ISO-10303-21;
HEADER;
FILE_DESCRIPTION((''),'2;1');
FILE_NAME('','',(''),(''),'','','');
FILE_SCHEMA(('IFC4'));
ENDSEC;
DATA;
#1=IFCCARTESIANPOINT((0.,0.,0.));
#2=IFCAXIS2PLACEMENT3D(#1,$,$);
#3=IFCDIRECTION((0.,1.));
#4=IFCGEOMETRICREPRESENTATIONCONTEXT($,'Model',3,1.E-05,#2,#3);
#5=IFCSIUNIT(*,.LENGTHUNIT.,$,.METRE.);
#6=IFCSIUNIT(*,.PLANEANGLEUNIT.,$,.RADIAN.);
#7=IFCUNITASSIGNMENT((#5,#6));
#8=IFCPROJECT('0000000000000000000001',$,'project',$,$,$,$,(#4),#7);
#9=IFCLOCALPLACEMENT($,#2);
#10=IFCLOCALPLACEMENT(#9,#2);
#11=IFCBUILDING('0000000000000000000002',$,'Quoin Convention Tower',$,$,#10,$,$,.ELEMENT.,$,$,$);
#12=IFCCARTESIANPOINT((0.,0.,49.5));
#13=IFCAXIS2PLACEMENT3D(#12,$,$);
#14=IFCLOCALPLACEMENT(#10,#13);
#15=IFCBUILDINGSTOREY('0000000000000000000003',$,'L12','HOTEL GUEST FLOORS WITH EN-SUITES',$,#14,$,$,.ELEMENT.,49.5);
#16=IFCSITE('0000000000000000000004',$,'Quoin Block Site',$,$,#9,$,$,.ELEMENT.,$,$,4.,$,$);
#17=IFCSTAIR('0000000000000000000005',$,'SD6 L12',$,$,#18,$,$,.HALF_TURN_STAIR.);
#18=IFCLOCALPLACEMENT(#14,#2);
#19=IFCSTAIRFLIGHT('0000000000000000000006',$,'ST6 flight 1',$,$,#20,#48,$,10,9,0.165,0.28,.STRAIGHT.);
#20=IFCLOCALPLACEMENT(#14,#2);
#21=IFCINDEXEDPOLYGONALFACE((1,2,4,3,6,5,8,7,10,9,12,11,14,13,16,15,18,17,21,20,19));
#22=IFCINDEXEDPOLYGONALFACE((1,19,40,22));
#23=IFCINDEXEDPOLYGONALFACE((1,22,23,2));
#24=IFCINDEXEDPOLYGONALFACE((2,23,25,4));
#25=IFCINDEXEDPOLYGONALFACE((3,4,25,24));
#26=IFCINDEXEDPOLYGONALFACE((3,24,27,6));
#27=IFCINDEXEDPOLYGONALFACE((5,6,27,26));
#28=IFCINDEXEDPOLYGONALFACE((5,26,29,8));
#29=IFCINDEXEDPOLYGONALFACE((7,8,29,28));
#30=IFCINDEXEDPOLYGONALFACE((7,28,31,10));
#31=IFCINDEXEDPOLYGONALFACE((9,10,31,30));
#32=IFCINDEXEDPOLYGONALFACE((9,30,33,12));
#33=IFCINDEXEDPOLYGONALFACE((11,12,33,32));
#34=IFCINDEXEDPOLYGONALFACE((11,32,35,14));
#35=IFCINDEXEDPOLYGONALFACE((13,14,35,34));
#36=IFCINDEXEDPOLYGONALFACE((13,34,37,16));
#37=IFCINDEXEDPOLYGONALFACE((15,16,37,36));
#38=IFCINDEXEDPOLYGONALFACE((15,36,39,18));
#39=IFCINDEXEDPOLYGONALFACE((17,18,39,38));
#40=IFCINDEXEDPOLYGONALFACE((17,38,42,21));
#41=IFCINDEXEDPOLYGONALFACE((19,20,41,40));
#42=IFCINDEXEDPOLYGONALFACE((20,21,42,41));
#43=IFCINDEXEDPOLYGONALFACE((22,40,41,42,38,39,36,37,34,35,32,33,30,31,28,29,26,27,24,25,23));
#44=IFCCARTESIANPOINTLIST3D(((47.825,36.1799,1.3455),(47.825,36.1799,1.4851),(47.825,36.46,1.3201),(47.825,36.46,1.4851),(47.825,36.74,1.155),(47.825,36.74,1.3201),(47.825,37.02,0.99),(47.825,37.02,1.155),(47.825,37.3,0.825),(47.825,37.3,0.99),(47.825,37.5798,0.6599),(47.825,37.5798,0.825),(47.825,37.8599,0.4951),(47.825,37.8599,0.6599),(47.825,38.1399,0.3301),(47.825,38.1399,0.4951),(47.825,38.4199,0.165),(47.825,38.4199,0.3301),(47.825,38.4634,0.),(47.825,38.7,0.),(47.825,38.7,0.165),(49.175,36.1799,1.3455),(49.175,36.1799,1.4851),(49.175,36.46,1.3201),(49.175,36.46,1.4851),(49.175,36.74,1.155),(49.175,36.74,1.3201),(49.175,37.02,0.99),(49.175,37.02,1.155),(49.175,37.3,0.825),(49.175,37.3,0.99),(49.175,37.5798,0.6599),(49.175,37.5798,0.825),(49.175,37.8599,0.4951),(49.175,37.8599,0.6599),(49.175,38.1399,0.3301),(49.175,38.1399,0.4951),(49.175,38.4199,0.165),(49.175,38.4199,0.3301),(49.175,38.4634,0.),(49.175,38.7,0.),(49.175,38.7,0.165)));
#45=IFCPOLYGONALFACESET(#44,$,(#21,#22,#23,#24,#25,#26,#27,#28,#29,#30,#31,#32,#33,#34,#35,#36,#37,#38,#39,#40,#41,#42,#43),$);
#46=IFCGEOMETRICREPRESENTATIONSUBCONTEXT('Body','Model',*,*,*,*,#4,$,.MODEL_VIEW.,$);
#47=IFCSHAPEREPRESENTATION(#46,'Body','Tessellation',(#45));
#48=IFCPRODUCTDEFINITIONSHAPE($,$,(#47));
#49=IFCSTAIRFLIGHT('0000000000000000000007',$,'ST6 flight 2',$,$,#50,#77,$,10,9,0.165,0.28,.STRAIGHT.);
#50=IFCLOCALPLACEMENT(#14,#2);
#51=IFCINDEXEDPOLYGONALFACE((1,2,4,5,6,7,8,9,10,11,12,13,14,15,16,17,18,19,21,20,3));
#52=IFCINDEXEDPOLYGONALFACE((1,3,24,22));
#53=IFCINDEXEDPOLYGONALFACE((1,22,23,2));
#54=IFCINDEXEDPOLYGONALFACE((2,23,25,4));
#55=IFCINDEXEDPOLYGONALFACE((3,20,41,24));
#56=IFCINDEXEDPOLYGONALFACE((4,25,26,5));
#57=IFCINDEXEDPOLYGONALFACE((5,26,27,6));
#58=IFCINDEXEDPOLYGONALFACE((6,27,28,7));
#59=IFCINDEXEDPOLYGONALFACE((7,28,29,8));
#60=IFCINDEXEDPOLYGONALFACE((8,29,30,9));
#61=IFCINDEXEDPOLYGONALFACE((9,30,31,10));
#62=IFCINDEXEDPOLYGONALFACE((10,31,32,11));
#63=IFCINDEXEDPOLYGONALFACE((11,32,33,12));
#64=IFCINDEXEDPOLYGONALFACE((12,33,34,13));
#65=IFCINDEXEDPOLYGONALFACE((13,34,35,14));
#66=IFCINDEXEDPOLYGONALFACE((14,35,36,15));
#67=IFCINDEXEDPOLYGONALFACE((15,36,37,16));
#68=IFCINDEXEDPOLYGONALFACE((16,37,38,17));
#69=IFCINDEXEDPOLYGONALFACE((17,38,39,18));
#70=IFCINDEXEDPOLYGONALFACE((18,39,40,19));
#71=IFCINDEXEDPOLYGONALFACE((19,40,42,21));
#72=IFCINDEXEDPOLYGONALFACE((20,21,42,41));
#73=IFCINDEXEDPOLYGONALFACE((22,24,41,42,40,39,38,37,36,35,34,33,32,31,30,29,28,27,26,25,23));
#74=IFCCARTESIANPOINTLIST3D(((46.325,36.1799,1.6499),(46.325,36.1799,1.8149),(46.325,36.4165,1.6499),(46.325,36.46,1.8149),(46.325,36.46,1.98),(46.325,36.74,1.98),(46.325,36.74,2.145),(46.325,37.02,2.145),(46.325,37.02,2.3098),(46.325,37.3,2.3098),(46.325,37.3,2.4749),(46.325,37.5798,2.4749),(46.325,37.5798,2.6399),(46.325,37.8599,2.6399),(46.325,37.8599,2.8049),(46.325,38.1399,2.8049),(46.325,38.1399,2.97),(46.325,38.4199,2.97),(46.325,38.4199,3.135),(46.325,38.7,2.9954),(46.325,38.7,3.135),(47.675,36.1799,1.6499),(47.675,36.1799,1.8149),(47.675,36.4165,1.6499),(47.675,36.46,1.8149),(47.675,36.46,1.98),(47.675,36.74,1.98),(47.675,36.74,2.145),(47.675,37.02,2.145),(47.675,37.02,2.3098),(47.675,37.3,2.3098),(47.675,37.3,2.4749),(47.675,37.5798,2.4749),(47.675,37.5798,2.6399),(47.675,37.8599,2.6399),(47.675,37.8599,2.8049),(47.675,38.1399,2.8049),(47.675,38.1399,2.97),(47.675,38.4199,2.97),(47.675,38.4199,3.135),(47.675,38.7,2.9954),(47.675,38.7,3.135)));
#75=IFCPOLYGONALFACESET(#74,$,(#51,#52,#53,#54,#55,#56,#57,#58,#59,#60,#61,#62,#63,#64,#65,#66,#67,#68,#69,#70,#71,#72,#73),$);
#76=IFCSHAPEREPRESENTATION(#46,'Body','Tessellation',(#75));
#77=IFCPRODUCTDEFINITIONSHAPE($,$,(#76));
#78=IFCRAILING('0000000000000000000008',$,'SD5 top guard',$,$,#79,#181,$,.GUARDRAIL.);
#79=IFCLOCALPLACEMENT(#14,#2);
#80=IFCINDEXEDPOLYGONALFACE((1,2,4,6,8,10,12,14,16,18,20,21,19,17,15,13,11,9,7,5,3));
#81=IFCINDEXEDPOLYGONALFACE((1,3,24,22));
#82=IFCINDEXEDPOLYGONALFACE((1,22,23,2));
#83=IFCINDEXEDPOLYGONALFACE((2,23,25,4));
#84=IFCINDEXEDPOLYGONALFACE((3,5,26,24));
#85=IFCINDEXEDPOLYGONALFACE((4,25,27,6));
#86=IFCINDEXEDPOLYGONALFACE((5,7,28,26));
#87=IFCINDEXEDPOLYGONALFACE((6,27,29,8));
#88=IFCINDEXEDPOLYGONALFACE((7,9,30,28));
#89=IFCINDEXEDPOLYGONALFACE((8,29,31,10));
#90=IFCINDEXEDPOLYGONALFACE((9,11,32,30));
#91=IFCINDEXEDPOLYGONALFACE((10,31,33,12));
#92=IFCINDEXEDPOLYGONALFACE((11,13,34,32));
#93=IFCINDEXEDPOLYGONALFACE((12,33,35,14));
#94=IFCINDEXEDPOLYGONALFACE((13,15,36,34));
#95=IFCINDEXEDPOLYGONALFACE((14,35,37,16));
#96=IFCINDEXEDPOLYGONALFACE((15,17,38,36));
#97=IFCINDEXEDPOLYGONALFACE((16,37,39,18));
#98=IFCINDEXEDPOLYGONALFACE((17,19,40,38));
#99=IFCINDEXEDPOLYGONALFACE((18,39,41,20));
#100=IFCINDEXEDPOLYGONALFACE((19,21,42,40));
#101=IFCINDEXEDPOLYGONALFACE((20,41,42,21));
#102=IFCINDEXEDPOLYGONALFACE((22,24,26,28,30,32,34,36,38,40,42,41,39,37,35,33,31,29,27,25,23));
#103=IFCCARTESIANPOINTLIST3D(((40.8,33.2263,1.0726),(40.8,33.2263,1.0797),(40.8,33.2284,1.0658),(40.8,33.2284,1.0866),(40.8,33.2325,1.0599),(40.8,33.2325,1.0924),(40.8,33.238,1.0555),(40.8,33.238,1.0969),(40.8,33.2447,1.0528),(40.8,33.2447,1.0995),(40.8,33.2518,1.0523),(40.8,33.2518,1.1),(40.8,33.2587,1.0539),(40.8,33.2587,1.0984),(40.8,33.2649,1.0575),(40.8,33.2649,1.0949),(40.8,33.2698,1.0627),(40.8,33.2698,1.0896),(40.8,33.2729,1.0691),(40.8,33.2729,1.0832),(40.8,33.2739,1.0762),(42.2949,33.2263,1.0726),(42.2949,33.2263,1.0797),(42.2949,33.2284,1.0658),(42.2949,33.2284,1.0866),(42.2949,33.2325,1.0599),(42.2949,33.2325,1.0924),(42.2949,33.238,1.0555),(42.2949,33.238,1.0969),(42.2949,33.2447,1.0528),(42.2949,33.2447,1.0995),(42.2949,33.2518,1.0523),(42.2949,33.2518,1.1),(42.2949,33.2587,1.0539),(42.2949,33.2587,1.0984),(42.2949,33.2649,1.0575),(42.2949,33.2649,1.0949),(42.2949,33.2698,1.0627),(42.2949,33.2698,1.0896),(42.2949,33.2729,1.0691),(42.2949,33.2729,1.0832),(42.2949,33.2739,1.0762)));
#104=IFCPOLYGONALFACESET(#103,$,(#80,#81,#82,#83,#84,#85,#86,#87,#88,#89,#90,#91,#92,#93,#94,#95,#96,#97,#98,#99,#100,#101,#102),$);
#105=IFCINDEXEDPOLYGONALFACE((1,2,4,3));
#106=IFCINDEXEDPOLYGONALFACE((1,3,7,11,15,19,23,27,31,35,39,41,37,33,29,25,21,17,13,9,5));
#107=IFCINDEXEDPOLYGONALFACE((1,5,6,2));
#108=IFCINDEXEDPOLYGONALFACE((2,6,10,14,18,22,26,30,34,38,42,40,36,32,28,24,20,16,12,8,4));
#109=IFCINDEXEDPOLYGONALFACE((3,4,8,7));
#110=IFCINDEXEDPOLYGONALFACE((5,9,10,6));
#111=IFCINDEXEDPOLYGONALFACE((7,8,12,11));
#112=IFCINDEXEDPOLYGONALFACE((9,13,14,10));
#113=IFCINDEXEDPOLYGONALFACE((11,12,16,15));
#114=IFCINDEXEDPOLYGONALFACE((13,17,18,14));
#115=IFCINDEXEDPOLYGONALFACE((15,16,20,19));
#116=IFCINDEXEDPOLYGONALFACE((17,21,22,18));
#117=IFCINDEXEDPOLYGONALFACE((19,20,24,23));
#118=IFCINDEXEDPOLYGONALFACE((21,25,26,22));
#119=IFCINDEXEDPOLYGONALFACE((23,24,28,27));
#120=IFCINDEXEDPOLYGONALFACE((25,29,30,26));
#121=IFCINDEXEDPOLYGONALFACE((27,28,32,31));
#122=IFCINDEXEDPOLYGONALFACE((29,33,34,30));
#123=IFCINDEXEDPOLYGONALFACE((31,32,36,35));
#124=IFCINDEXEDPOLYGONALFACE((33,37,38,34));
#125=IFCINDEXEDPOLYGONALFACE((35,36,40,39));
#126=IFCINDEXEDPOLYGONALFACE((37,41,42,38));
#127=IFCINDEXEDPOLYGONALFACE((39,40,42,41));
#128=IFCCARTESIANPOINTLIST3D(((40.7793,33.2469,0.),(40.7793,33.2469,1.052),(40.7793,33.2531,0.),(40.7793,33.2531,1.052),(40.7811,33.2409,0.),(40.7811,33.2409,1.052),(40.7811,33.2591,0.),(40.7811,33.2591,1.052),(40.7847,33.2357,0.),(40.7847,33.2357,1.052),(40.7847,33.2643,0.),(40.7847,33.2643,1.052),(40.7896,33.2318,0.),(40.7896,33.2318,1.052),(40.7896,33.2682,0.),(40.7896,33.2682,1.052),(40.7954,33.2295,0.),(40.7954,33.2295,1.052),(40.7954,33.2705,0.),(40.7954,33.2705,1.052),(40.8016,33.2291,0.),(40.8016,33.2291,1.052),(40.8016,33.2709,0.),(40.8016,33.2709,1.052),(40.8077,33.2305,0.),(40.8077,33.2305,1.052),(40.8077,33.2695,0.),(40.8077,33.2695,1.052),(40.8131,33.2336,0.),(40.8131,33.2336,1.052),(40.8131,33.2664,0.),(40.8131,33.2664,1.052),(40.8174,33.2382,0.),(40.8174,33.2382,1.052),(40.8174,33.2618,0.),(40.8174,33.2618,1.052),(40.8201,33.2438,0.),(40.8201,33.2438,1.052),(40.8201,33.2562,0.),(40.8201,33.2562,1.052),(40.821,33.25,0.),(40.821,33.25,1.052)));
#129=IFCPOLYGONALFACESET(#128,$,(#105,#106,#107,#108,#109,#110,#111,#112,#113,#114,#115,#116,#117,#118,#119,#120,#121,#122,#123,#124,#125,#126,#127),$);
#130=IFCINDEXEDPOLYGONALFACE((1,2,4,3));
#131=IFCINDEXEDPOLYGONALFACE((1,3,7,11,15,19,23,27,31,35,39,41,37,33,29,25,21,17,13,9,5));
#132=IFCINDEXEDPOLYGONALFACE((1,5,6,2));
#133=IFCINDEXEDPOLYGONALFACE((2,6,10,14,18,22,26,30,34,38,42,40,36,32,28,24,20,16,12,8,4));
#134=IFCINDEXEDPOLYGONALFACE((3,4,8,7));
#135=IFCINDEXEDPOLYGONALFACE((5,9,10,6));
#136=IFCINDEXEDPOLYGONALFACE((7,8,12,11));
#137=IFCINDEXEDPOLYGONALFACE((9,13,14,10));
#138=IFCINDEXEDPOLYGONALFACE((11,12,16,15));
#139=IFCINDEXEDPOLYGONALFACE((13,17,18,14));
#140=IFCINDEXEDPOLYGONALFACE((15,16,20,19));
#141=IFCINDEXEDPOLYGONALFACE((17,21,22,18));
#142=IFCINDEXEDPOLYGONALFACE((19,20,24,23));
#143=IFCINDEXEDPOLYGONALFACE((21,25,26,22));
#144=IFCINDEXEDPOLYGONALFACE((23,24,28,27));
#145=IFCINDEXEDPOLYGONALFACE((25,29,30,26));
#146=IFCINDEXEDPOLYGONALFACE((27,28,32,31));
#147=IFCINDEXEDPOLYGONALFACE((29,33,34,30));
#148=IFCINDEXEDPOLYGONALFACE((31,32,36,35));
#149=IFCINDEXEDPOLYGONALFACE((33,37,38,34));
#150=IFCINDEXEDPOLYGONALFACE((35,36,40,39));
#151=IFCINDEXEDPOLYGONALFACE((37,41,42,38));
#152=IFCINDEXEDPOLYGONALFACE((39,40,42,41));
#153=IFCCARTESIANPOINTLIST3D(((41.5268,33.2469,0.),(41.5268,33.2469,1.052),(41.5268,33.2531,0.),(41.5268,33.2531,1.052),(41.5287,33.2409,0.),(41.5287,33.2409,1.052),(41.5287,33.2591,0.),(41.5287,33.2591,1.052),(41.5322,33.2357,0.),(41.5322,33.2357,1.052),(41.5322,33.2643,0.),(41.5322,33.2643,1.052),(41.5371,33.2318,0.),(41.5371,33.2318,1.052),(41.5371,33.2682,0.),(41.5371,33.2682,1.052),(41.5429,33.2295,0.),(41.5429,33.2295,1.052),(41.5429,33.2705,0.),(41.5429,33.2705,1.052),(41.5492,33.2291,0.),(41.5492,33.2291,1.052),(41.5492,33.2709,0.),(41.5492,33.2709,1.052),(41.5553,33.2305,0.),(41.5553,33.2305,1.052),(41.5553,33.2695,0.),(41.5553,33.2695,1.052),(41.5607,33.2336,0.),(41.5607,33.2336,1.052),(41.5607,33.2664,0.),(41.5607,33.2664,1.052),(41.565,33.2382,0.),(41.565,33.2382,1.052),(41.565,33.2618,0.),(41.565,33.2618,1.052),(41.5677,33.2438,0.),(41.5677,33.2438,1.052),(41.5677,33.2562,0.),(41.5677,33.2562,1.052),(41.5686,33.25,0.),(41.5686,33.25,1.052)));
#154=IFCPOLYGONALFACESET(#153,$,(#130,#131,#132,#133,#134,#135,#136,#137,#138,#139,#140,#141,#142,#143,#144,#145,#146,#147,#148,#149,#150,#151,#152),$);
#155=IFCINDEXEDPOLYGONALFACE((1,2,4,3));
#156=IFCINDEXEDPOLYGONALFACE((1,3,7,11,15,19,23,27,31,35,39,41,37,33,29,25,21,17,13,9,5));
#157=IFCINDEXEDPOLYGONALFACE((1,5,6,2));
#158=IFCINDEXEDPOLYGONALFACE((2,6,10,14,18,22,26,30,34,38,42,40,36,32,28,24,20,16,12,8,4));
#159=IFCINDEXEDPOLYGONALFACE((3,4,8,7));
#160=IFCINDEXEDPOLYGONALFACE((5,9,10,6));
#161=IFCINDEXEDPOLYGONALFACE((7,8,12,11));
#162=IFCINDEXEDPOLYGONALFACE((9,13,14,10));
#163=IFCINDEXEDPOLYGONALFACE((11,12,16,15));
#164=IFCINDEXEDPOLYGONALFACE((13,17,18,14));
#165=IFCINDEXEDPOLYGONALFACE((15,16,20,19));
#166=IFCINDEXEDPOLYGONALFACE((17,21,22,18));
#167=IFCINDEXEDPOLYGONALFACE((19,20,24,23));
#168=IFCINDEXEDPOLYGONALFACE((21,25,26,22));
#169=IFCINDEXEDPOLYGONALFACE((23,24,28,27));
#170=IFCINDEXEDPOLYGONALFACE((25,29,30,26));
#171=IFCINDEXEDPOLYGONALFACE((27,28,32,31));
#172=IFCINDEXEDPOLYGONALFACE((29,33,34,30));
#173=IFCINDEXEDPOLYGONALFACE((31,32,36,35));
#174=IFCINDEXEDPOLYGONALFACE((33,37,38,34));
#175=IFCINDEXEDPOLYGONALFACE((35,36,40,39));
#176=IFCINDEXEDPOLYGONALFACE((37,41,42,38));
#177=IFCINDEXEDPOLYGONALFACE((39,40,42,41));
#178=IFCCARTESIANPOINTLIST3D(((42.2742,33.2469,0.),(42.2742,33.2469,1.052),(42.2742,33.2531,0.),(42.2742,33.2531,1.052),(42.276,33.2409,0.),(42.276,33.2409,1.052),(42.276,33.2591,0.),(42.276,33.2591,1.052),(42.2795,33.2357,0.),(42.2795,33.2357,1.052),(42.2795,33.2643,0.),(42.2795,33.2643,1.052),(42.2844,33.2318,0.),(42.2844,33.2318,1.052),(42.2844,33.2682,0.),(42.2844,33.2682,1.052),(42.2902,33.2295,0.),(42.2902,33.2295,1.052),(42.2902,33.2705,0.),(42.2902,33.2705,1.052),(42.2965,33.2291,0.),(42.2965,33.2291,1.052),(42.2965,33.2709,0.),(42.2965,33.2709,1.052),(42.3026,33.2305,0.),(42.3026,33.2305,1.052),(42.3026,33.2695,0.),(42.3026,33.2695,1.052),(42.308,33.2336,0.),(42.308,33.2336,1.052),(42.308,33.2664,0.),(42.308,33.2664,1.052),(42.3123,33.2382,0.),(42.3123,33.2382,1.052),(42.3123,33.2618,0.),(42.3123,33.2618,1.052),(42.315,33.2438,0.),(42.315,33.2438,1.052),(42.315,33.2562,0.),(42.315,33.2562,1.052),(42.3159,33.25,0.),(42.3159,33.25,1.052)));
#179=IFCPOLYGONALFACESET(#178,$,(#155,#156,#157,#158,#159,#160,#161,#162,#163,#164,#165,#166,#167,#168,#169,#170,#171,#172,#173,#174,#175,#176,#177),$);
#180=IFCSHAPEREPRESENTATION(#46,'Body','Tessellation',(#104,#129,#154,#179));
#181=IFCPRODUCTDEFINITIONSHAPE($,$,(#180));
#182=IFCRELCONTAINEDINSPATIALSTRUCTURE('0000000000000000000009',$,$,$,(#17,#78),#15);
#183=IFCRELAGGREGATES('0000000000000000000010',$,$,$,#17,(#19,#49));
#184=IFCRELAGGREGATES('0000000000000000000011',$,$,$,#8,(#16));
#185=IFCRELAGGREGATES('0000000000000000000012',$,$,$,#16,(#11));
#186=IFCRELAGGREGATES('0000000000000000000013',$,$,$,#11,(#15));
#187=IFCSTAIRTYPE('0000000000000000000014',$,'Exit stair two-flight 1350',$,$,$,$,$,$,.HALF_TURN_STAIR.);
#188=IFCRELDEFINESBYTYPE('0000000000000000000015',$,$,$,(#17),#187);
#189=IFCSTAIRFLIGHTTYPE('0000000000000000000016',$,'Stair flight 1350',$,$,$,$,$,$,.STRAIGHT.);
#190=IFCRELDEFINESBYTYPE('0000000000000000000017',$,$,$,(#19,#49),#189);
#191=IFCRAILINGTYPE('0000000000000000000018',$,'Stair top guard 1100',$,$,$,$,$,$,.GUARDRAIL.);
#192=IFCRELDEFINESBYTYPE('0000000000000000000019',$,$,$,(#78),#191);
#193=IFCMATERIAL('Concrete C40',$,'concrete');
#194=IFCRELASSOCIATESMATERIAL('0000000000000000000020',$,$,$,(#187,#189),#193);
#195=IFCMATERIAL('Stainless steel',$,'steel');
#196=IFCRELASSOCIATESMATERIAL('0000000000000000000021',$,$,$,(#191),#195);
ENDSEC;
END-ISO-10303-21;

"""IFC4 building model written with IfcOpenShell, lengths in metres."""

from ifc_helpers import new_model, si_unit, direction, frame, origin, origin_2d, place, context, subcontext, project, spatial, polyline, circle, outline, extrude, material, type_object, element, aggregate, save


model = new_model("IFC4")

# Units and contexts
model_context = context("Model", 3, precision=1e-05, world=origin(), true_north=direction((0.0, 1.0)))
body_context = subcontext(model_context, "Body", "Model", "MODEL_VIEW")
ifc_project = project(units=[si_unit("LENGTHUNIT", "METRE"), si_unit("PLANEANGLEUNIT", "RADIAN")], contexts=[model_context])

# Site, building, storey
site_placement = place(None, origin())
site = spatial("IfcSite", under=ifc_project, at=site_placement, Name="Quoin Block Site", CompositionType="ELEMENT", RefElevation=4.0)
building_placement = place(site_placement, origin())
building = spatial("IfcBuilding", under=site, at=building_placement, Name="Quoin Convention Tower", CompositionType="ELEMENT")
storey_placement = place(building_placement, frame((0.0, 0.0, 49.5)))
storey = spatial("IfcBuildingStorey", under=building, at=storey_placement, Name="L12", Description="HOTEL GUEST FLOORS WITH EN-SUITES", CompositionType="ELEMENT", Elevation=49.5)

# Stair, stair flights
ifc_material_1 = material(Name="Concrete C40", Category="concrete")
stair_type = type_object("IfcStairType", Name="Exit stair two-flight 1350", PredefinedType="HALF_TURN_STAIR", material=ifc_material_1)
stair_flight_type = type_object("IfcStairFlightType", Name="Stair flight 1350", PredefinedType="STRAIGHT", material=ifc_material_1)
stair_1_placement = place(storey_placement, origin())
stair_1 = element("IfcStair", 1, at=stair_1_placement, inside=storey, type_object=stair_type, Name="SD6 L12", PredefinedType="HALF_TURN_STAIR")
stair_flight_1_placement = place(storey_placement, frame((48.5, 38.7, 0.0), z_axis=(0.0, 0.0, 1.0), x_axis=(0.0, -1.0, 0.0)))
stair_flight_1 = element("IfcStairFlight", 2, at=stair_flight_1_placement, type_object=stair_flight_type, Name="ST6 flight 1", NumberOfRisers=10, NumberOfTreads=9, PredefinedType="STRAIGHT", RiserHeight=0.165, TreadLength=0.28, context=body_context, shape_type="SweptSolid", body=[
    extrude(outline(polyline([(0.0, 0.0), (0.0, 0.165), (0.28, 0.165), (0.28, 0.3301), (0.5601, 0.3301), (0.5601, 0.4951), (0.8401, 0.4951), (0.8401, 0.6599), (1.1201, 0.6599), (1.1201, 0.825), (1.3999, 0.825), (1.3999, 0.99), (1.6799, 0.99), (1.6799, 1.155), (1.96, 1.155), (1.96, 1.3201), (2.24, 1.3201), (2.24, 1.4851), (2.52, 1.4851), (2.52, 1.6499), (2.52, 1.3455), (0.2366, 0.0), (0.0, 0.0)])), frame((0.0, 0.675, 0.0), z_axis=(0.0, -1.0, 0.0), x_axis=(1.0, 0.0, 0.0)), (0.0, 0.0, 1.0), 1.3501),
])
stair_flight_2_placement = place(storey_placement, frame((47.0, 36.1799, 1.6499), z_axis=(0.0, 0.0, 1.0), x_axis=(0.0, 1.0, 0.0)))
stair_flight_2 = element("IfcStairFlight", 3, at=stair_flight_2_placement, type_object=stair_flight_type, Name="ST6 flight 2", NumberOfRisers=10, NumberOfTreads=9, PredefinedType="STRAIGHT", RiserHeight=0.165, TreadLength=0.28, context=body_context, shape_type="SweptSolid", body=[
    extrude(outline(polyline([(0.0, 0.0), (0.0, 0.165), (0.28, 0.165), (0.28, 0.3301), (0.5601, 0.3301), (0.5601, 0.4951), (0.8401, 0.4951), (0.8401, 0.6599), (1.1201, 0.6599), (1.1201, 0.825), (1.3999, 0.825), (1.3999, 0.99), (1.6799, 0.99), (1.6799, 1.155), (1.96, 1.155), (1.96, 1.3201), (2.24, 1.3201), (2.24, 1.4851), (2.52, 1.4851), (2.52, 1.6499), (2.52, 1.3455), (0.2366, 0.0), (0.0, 0.0)])), frame((0.0, 0.675, 0.0), z_axis=(0.0, -1.0, 0.0), x_axis=(1.0, 0.0, 0.0)), (0.0, 0.0, 1.0), 1.3501),
])
aggregate(stair_1, [stair_flight_1, stair_flight_2])

# Railing
ifc_material_2 = material(Name="Stainless steel", Category="steel")
railing_type_1 = type_object("IfcRailingType", Name="Stair top guard 1100", PredefinedType="GUARDRAIL", material=ifc_material_2)
railing_1_placement = place(storey_placement, frame((40.8, 33.25, 0.0)))
element("IfcRailing", 4, at=railing_1_placement, inside=storey, type_object=railing_type_1, Name="SD5 top guard", PredefinedType="GUARDRAIL", context=body_context, shape_type="SweptSolid", body=[
    extrude(circle(Radius=0.0239, at=origin_2d()), frame((0.0, 0.0, 1.0762), z_axis=(1.0, 0.0, 0.0), x_axis=(0.0, 1.0, 0.0)), (0.0, 0.0, 1.0), 1.4949),
    extrude(circle(Radius=0.021, at=origin_2d()), origin(), (0.0, 0.0, 1.0), 1.052),
    extrude(circle(Radius=0.021, at=origin_2d()), frame((0.7476, 0.0, 0.0)), (0.0, 0.0, 1.0), 1.052),
    extrude(circle(Radius=0.021, at=origin_2d()), frame((1.4949, 0.0, 0.0)), (0.0, 0.0, 1.0), 1.052),
])

save(model, "model.ifc")
